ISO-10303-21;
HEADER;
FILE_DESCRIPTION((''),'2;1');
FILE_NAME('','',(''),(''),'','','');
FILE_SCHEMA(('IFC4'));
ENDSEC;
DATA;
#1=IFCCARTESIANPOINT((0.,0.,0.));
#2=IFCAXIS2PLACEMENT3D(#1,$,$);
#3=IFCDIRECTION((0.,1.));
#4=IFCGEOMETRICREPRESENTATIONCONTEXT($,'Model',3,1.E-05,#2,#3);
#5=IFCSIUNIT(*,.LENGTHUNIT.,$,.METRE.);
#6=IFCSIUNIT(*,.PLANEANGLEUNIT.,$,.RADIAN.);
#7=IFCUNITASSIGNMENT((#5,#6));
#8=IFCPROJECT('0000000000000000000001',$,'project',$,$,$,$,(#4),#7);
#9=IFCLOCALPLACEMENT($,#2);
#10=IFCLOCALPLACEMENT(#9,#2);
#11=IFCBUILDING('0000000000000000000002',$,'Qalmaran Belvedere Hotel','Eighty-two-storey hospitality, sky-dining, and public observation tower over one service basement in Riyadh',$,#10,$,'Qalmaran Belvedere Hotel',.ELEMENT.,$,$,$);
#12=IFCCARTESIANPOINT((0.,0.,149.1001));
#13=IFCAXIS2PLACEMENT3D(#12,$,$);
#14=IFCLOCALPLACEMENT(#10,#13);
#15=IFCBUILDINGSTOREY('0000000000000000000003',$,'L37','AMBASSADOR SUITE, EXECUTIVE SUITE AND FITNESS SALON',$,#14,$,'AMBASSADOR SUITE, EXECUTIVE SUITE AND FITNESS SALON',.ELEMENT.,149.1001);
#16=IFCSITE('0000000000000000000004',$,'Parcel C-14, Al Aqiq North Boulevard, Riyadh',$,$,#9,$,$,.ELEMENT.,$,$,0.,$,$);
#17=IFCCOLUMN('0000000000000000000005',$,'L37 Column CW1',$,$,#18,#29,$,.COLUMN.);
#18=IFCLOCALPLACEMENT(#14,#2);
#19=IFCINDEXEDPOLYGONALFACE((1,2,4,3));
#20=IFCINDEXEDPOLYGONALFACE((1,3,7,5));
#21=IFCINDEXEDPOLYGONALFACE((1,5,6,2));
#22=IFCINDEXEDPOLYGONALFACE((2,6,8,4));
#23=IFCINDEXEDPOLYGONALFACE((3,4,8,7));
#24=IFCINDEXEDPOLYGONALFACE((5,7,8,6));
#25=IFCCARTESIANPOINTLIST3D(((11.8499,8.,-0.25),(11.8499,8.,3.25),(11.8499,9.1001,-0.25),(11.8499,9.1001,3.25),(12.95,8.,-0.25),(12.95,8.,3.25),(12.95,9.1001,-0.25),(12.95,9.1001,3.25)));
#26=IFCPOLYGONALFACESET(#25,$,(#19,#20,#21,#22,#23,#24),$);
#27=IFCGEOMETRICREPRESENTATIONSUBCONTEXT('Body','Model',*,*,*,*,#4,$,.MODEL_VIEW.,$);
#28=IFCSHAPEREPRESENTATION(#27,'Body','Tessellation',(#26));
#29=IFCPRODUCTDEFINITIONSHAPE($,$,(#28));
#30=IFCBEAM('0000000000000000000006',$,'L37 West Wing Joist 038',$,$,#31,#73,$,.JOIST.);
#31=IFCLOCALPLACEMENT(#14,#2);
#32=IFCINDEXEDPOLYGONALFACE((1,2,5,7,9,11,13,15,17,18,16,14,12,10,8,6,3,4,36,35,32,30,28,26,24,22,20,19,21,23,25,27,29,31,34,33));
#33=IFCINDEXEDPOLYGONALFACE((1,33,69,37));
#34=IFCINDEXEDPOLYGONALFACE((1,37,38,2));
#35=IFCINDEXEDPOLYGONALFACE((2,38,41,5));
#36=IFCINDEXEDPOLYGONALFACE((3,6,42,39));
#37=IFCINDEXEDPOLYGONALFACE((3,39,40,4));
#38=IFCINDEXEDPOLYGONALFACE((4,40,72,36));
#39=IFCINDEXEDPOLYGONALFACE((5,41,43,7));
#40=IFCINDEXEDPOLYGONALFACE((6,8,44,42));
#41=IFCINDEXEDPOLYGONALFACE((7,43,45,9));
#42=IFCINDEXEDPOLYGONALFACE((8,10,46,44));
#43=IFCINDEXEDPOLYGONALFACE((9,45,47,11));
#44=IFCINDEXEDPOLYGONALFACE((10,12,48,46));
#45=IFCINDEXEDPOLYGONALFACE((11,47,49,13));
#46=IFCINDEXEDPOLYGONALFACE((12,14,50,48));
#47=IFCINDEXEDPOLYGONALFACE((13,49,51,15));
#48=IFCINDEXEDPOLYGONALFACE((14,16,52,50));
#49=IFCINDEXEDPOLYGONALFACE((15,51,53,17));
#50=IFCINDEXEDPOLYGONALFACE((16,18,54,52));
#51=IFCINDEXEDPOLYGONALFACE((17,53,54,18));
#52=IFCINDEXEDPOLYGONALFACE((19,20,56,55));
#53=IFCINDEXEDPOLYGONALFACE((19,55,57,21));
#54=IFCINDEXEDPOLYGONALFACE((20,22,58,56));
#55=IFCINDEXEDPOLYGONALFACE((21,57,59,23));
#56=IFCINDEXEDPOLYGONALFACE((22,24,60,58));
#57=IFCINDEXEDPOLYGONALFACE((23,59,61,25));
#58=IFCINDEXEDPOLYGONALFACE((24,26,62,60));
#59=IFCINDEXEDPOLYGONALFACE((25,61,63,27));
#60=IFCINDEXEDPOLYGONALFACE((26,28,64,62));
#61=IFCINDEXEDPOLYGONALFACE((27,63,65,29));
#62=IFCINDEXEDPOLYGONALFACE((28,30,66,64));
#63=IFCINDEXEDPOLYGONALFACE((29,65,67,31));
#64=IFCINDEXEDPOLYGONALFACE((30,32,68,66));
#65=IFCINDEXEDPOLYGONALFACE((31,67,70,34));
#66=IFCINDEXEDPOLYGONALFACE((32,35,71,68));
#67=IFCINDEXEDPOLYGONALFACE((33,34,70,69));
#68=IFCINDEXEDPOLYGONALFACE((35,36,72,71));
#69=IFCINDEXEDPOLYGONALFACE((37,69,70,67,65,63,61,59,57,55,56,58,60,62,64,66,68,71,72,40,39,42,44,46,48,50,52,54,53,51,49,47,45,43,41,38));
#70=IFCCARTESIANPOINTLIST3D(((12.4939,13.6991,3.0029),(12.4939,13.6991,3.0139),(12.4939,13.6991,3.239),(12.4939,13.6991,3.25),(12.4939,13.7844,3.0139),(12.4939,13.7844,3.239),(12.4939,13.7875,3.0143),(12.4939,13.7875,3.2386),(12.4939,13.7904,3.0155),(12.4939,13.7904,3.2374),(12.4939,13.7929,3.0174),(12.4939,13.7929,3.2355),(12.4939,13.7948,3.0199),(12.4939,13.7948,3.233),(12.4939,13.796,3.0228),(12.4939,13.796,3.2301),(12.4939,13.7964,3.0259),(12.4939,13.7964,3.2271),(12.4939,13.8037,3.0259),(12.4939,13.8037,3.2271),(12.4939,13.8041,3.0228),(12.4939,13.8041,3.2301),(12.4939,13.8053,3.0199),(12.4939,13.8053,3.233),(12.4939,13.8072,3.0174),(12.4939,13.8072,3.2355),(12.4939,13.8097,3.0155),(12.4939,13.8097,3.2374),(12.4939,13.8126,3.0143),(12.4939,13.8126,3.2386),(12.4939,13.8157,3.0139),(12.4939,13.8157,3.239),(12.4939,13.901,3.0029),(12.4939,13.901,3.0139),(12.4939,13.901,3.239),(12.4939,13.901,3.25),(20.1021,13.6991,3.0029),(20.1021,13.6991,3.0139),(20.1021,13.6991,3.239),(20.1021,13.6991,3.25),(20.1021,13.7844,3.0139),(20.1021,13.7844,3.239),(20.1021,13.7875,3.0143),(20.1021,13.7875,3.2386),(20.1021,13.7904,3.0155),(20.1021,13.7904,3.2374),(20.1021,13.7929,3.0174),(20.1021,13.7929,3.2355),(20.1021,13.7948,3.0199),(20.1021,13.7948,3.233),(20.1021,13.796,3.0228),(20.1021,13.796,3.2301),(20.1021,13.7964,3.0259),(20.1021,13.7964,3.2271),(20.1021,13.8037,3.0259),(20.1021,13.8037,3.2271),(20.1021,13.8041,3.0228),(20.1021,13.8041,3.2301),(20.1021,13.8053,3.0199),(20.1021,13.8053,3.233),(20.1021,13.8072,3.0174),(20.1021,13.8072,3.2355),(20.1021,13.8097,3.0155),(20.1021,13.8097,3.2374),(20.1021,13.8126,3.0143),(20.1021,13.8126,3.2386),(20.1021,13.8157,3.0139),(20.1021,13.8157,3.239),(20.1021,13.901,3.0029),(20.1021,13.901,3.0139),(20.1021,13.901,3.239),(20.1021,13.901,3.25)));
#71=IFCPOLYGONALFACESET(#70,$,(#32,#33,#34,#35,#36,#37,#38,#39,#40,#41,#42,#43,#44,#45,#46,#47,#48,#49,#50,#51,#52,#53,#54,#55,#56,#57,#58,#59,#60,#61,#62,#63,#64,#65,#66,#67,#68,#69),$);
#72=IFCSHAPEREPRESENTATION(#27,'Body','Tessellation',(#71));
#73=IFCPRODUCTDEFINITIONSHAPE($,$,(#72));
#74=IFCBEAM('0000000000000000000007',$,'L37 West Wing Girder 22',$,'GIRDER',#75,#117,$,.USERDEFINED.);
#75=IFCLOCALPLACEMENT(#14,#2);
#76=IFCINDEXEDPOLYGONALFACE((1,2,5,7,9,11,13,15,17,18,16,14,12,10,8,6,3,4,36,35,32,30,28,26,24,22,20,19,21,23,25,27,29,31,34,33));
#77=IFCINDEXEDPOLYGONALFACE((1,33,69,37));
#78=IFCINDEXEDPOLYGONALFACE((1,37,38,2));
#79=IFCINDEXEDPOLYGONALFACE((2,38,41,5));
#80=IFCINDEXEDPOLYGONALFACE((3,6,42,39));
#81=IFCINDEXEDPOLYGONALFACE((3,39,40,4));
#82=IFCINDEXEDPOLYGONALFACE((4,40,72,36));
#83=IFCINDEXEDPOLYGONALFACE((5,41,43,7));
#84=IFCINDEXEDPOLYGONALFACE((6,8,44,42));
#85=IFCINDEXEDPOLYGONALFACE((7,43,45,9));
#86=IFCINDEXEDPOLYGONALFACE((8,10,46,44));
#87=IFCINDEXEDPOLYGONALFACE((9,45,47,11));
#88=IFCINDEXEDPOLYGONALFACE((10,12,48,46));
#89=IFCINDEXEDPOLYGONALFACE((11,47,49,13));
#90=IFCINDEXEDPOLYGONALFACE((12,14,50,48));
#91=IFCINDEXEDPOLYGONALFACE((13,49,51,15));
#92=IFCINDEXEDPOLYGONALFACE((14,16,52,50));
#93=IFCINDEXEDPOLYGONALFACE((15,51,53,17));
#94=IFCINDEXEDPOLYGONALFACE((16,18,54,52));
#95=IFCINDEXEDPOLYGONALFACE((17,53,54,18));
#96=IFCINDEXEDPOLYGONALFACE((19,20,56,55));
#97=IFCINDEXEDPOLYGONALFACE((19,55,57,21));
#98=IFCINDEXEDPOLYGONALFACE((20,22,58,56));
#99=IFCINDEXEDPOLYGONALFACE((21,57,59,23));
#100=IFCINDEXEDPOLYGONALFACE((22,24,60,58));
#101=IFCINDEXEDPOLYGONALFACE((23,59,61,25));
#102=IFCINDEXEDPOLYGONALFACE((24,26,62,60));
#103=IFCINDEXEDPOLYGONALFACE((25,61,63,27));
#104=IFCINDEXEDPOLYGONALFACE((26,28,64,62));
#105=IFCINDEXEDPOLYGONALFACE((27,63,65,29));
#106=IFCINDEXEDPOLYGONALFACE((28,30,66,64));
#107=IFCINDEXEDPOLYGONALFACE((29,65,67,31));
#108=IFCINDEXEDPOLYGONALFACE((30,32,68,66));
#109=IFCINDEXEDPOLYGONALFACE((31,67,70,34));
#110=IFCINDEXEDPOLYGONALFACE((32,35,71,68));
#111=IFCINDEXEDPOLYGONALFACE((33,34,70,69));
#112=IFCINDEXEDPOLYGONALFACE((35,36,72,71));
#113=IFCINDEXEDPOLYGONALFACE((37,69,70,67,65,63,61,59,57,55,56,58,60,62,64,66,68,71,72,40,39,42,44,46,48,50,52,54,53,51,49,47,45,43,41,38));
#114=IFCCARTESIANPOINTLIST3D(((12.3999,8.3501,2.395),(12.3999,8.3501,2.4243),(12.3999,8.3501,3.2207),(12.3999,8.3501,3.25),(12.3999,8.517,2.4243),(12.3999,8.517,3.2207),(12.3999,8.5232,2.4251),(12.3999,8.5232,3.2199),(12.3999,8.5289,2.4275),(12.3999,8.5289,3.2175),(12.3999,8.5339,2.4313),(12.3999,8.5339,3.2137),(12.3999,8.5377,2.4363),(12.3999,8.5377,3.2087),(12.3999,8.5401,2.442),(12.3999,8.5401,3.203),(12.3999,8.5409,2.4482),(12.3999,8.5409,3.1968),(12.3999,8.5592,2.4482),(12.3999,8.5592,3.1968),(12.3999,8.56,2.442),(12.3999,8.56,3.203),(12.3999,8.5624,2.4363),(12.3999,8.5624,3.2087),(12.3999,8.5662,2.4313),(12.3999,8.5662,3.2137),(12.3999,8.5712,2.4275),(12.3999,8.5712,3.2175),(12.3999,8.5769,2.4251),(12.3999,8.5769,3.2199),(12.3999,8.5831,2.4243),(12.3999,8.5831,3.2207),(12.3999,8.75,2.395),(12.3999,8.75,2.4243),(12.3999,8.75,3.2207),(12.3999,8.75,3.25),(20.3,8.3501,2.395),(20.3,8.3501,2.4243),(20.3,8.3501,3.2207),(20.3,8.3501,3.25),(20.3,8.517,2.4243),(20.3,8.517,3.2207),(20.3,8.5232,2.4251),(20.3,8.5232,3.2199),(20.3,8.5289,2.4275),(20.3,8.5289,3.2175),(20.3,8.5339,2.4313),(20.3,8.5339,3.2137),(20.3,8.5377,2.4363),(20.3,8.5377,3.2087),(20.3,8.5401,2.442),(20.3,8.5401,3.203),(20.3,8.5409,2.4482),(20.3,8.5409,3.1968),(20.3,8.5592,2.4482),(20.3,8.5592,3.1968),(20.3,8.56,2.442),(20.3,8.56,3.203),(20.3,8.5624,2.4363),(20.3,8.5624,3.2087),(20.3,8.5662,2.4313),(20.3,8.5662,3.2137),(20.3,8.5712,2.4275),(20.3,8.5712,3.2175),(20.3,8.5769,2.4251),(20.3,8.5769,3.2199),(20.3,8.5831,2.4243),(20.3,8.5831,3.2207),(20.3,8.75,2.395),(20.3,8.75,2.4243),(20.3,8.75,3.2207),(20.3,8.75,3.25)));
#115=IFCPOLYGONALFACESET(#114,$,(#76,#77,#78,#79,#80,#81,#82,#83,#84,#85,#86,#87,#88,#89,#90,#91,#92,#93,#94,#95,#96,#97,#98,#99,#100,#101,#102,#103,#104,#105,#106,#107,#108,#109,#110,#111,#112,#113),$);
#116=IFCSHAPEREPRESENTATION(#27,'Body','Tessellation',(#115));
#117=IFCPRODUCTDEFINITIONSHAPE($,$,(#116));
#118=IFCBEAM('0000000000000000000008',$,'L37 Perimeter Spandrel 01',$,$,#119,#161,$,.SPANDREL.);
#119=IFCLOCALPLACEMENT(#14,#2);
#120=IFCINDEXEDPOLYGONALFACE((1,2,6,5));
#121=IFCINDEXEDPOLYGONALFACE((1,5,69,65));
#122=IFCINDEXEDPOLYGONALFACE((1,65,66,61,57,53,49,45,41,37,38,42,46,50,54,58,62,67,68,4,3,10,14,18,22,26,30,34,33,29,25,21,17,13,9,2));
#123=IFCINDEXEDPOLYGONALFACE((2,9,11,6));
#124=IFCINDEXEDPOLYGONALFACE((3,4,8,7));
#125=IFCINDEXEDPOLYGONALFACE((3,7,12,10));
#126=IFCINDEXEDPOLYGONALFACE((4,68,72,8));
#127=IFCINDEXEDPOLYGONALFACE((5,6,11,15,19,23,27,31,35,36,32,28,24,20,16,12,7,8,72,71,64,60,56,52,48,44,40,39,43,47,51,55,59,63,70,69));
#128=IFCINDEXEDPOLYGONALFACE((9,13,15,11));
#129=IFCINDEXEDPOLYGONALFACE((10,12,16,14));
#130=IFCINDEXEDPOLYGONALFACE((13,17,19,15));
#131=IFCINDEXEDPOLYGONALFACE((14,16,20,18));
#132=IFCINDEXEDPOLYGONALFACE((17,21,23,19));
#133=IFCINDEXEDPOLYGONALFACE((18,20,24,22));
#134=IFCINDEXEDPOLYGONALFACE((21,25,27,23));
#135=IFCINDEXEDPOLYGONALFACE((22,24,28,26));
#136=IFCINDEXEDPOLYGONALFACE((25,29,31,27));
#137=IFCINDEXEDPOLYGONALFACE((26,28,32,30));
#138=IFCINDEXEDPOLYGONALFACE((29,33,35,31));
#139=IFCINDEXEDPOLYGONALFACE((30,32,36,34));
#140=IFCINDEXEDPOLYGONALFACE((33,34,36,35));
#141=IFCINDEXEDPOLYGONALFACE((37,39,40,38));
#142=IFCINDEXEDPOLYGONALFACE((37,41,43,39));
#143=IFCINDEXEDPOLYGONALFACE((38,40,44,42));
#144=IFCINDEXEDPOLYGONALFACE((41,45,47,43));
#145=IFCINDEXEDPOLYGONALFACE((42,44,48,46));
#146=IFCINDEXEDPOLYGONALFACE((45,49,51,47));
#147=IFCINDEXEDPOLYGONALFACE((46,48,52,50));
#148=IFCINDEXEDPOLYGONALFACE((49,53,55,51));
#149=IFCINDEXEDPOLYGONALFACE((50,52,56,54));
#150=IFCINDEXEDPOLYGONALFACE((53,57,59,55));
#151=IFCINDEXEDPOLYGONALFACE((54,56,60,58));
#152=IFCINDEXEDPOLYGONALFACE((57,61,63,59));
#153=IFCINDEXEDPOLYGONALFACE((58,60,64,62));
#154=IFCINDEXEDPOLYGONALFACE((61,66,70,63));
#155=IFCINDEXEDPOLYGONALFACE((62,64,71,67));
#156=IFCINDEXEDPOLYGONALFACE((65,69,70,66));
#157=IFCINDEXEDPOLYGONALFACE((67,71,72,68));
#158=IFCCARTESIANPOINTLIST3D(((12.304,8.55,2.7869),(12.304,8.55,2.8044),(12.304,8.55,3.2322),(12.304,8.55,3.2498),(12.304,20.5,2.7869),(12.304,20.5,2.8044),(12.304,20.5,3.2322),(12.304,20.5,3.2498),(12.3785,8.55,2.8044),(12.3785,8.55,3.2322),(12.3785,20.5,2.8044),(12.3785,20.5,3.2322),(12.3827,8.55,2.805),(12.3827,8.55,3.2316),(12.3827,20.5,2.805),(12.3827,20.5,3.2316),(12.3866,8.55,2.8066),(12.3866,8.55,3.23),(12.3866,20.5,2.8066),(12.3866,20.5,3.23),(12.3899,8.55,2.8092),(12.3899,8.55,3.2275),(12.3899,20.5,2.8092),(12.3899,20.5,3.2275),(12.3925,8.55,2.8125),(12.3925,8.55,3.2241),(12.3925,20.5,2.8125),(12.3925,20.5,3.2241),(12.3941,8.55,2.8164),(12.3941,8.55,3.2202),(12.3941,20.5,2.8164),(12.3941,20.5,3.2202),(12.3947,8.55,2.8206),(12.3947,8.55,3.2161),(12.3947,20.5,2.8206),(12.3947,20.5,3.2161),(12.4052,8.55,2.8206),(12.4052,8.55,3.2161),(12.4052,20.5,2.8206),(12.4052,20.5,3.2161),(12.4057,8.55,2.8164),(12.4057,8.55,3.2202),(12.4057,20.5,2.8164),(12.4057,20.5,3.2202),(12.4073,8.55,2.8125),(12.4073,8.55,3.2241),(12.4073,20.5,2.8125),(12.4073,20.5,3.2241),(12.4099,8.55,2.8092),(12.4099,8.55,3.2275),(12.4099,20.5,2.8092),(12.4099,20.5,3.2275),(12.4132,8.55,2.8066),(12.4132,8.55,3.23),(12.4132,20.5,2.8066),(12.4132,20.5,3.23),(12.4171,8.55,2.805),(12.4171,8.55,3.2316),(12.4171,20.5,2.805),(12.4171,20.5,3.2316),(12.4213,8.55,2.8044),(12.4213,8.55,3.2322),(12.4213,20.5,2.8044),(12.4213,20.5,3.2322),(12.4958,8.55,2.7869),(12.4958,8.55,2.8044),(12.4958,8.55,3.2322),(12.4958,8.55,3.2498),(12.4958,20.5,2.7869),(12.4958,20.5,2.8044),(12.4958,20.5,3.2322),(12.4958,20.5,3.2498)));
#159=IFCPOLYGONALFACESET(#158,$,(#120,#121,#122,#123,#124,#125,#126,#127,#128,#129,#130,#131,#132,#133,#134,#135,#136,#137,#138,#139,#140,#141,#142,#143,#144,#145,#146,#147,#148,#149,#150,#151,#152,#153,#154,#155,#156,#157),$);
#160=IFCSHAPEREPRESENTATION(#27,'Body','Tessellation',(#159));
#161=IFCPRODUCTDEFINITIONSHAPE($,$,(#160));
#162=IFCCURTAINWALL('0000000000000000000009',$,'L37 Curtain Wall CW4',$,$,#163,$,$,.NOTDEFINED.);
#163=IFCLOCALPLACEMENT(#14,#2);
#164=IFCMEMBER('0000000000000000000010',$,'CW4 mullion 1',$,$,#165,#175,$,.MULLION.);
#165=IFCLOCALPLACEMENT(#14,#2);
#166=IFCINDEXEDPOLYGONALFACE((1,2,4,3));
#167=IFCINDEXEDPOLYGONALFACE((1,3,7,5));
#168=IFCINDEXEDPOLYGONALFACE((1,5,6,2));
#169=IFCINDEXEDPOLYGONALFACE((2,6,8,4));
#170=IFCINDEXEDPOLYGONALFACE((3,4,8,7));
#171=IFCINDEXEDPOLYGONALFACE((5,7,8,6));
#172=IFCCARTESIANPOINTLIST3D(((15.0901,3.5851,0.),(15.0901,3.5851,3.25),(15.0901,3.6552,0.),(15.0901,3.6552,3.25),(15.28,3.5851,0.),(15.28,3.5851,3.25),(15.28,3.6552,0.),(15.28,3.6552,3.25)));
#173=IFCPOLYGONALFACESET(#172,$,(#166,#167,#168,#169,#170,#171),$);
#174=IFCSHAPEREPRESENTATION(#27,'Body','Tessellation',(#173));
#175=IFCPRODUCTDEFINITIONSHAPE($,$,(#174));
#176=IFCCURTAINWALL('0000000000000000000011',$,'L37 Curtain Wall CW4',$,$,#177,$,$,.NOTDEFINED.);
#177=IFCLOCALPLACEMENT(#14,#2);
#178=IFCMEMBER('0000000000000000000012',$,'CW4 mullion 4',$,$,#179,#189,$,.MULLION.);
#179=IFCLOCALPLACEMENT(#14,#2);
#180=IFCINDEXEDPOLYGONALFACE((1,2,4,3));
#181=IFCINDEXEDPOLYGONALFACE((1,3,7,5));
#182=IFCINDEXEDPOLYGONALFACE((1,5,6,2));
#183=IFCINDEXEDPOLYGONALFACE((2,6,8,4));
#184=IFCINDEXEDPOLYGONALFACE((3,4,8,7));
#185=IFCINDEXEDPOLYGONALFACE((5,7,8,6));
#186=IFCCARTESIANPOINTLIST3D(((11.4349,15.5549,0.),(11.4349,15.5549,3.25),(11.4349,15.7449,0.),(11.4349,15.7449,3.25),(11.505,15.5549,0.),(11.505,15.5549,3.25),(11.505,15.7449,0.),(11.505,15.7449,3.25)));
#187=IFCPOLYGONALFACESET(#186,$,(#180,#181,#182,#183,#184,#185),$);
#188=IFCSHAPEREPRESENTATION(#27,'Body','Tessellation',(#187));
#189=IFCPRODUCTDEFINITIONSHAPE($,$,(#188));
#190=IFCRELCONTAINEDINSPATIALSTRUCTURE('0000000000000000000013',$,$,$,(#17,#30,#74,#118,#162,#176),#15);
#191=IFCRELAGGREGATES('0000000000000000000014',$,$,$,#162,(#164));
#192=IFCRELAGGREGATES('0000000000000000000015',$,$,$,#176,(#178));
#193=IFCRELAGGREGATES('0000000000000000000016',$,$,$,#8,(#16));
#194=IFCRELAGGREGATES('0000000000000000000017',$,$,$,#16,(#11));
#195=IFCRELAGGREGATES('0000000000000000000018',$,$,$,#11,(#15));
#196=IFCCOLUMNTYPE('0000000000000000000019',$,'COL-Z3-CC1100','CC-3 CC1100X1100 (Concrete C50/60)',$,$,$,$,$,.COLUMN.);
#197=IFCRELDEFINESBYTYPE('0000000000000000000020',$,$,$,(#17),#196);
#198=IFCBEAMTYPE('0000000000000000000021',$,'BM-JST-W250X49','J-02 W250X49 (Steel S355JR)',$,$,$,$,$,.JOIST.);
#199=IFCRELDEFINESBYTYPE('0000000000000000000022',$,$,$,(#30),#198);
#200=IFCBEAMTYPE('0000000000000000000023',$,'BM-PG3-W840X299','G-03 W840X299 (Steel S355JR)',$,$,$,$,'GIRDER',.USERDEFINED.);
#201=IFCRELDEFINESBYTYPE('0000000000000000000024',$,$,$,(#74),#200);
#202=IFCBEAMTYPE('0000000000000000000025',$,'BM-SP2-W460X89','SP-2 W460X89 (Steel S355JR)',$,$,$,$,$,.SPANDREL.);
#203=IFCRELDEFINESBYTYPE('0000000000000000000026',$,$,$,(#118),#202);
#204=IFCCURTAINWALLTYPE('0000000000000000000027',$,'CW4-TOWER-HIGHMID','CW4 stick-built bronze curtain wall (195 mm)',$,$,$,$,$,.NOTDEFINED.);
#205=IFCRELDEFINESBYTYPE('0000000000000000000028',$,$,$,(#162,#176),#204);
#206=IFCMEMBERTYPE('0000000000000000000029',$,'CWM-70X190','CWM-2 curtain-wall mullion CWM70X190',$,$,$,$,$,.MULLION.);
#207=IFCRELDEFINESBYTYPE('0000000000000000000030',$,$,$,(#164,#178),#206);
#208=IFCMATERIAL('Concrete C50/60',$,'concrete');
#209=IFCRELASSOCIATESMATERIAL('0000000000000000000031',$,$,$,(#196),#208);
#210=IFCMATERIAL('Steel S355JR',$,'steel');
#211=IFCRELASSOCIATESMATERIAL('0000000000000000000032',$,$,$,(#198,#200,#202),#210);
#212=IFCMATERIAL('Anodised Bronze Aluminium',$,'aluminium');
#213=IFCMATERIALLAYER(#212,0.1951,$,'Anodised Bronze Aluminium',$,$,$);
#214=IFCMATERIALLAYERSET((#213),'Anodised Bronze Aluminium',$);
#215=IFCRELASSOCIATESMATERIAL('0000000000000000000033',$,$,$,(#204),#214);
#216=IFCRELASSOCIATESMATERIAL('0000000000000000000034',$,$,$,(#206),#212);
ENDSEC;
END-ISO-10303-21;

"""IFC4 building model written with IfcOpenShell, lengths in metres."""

from ifc_helpers import new_model, si_unit, direction, frame, origin, origin_2d, place, context, subcontext, project, spatial, rectangle, i_section, extrude, material, layer, layer_set, material_profile, profile_set, type_object, element, aggregate, save


model = new_model("IFC4")

# Units and contexts
model_context = context("Model", 3, precision=1e-05, world=origin(), true_north=direction((0.0, 1.0)))
body_context = subcontext(model_context, "Body", "Model", "MODEL_VIEW")
ifc_project = project(units=[si_unit("LENGTHUNIT", "METRE"), si_unit("PLANEANGLEUNIT", "RADIAN")], contexts=[model_context])

# Site, building, storey
site_placement = place(None, origin())
site = spatial("IfcSite", under=ifc_project, at=site_placement, Name="Parcel C-14, Al Aqiq North Boulevard, Riyadh", CompositionType="ELEMENT", RefElevation=0.0)
building_placement = place(site_placement, origin())
building = spatial("IfcBuilding", under=site, at=building_placement, Name="Qalmaran Belvedere Hotel", Description="Eighty-two-storey hospitality, sky-dining, and public observation tower over one service basement in Riyadh", LongName="Qalmaran Belvedere Hotel", CompositionType="ELEMENT")
storey_placement = place(building_placement, frame((0.0, 0.0, 149.1001)))
storey = spatial("IfcBuildingStorey", under=building, at=storey_placement, Name="L37", Description="AMBASSADOR SUITE, EXECUTIVE SUITE AND FITNESS SALON", LongName="AMBASSADOR SUITE, EXECUTIVE SUITE AND FITNESS SALON", CompositionType="ELEMENT", Elevation=149.1001)

# Column
ifc_material_1 = material(Name="Concrete C50/60", Category="concrete")
ifc_material_profile_1 = material_profile(ifc_material_1, rectangle(XDim=1.1001, YDim=1.1001, at=origin_2d()), Name="CC1100X1100")
ifc_profile_set_1 = profile_set([ifc_material_profile_1], Name="Concrete C50/60")
column_type = type_object("IfcColumnType", Name="COL-Z3-CC1100", Description="CC-3 CC1100X1100 (Concrete C50/60)", PredefinedType="COLUMN", material=ifc_profile_set_1)
column_placement = place(storey_placement, frame((12.3999, 8.55, -0.25), z_axis=(0.0, 0.0, 1.0), x_axis=(1.0, 0.0, 0.0)))
element("IfcColumn", 1, at=column_placement, inside=storey, type_object=column_type, Name="L37 Column CW1", PredefinedType="COLUMN", context=body_context, shape_type="SweptSolid", body=[
    extrude(rectangle(XDim=1.1001, YDim=1.1001, at=origin_2d()), origin(), (0.0, 0.0, 1.0), 3.5),
])

# Beams
ifc_material_2 = material(Name="Steel S355JR", Category="steel")
ifc_material_profile_2 = material_profile(ifc_material_2, i_section(OverallWidth=0.2019, OverallDepth=0.2471, WebThickness=0.0073, FlangeThickness=0.011, FilletRadius=0.012, at=origin_2d()), Name="W250X49")
ifc_profile_set_2 = profile_set([ifc_material_profile_2], Name="Steel S355JR")
beam_type_1 = type_object("IfcBeamType", Name="BM-JST-W250X49", Description="J-02 W250X49 (Steel S355JR)", PredefinedType="JOIST", material=ifc_profile_set_2)
beam_1_placement = place(storey_placement, frame((12.4939, 13.8, 3.1265), z_axis=(1.0, 0.0, 0.0), x_axis=(0.0, 1.0, 0.0)))
element("IfcBeam", 2, at=beam_1_placement, inside=storey, type_object=beam_type_1, Name="L37 West Wing Joist 038", PredefinedType="JOIST", context=body_context, shape_type="SweptSolid", body=[
    extrude(i_section(OverallWidth=0.2019, OverallDepth=0.2471, WebThickness=0.0073, FlangeThickness=0.011, FilletRadius=0.012, at=origin_2d()), origin(), (0.0, 0.0, 1.0), 7.6082),
])
ifc_material_profile_3 = material_profile(ifc_material_2, i_section(OverallWidth=0.3999, OverallDepth=0.855, WebThickness=0.0183, FlangeThickness=0.0293, FilletRadius=0.0239, at=origin_2d()), Name="W840X299")
ifc_profile_set_3 = profile_set([ifc_material_profile_3], Name="Steel S355JR")
beam_type_2 = type_object("IfcBeamType", Name="BM-PG3-W840X299", Description="G-03 W840X299 (Steel S355JR)", ElementType="GIRDER", PredefinedType="USERDEFINED", material=ifc_profile_set_3)
beam_2_placement = place(storey_placement, frame((12.3999, 8.55, 2.8225), z_axis=(1.0, 0.0, 0.0), x_axis=(0.0, 1.0, 0.0)))
element("IfcBeam", 3, at=beam_2_placement, inside=storey, type_object=beam_type_2, Name="L37 West Wing Girder 22", ObjectType="GIRDER", PredefinedType="USERDEFINED", context=body_context, shape_type="SweptSolid", body=[
    extrude(i_section(OverallWidth=0.3999, OverallDepth=0.855, WebThickness=0.0183, FlangeThickness=0.0293, FilletRadius=0.0239, at=origin_2d()), origin(), (0.0, 0.0, 1.0), 7.9001),
])
ifc_material_profile_4 = material_profile(ifc_material_2, i_section(OverallWidth=0.1919, OverallDepth=0.4629, WebThickness=0.0105, FlangeThickness=0.0176, FilletRadius=0.0161, at=origin_2d()), Name="W460X89")
ifc_profile_set_4 = profile_set([ifc_material_profile_4], Name="Steel S355JR")
beam_type_3 = type_object("IfcBeamType", Name="BM-SP2-W460X89", Description="SP-2 W460X89 (Steel S355JR)", PredefinedType="SPANDREL", material=ifc_profile_set_4)
beam_3_placement = place(storey_placement, frame((12.3999, 8.55, 3.0183), z_axis=(0.0, 1.0, 0.0), x_axis=(-1.0, 0.0, 0.0)))
element("IfcBeam", 4, at=beam_3_placement, inside=storey, type_object=beam_type_3, Name="L37 Perimeter Spandrel 01", PredefinedType="SPANDREL", context=body_context, shape_type="SweptSolid", body=[
    extrude(i_section(OverallWidth=0.1919, OverallDepth=0.4629, WebThickness=0.0105, FlangeThickness=0.0176, FilletRadius=0.0161, at=origin_2d()), origin(), (0.0, 0.0, 1.0), 11.95),
])

# Curtain wall, member
ifc_material_3 = material(Name="Anodised Bronze Aluminium", Category="aluminium")
ifc_layer_1 = layer(ifc_material_3, 0.1951, Name="Anodised Bronze Aluminium")
ifc_layer_set_1 = layer_set([ifc_layer_1], Name="Anodised Bronze Aluminium")
curtain_wall_type = type_object("IfcCurtainWallType", Name="CW4-TOWER-HIGHMID", Description="CW4 stick-built bronze curtain wall (195 mm)", PredefinedType="NOTDEFINED", material=ifc_layer_set_1)
curtain_wall_1_placement = place(storey_placement, origin())
curtain_wall_1 = element("IfcCurtainWall", 5, at=curtain_wall_1_placement, inside=storey, type_object=curtain_wall_type, Name="L37 Curtain Wall CW4", PredefinedType="NOTDEFINED")
ifc_material_profile_5 = material_profile(ifc_material_3, rectangle(XDim=0.0701, YDim=0.1899, at=origin_2d()), Name="CWM70X190")
ifc_profile_set_5 = profile_set([ifc_material_profile_5], Name="Anodised Bronze Aluminium")
member_type_1 = type_object("IfcMemberType", Name="CWM-70X190", Description="CWM-2 curtain-wall mullion CWM70X190", PredefinedType="MULLION", material=ifc_profile_set_5)
member_1_placement = place(storey_placement, frame((15.1851, 3.6201, 0.0), z_axis=(0.0, 0.0, 1.0), x_axis=(0.0, 1.0, 0.0)))
member_1 = element("IfcMember", 6, at=member_1_placement, type_object=member_type_1, Name="CW4 mullion 1", PredefinedType="MULLION", context=body_context, shape_type="SweptSolid", body=[
    extrude(rectangle(XDim=0.0701, YDim=0.1899, at=origin_2d()), origin(), (0.0, 0.0, 1.0), 3.25),
])

# Curtain wall, member
curtain_wall_2_placement = place(storey_placement, origin())
curtain_wall_2 = element("IfcCurtainWall", 7, at=curtain_wall_2_placement, inside=storey, type_object=curtain_wall_type, Name="L37 Curtain Wall CW4", PredefinedType="NOTDEFINED")
member_2_placement = place(storey_placement, frame((11.47, 15.6499, 0.0), z_axis=(0.0, 0.0, 1.0), x_axis=(1.0, 0.0, 0.0)))
member_2 = element("IfcMember", 8, at=member_2_placement, type_object=member_type_1, Name="CW4 mullion 4", PredefinedType="MULLION", context=body_context, shape_type="SweptSolid", body=[
    extrude(rectangle(XDim=0.0701, YDim=0.1899, at=origin_2d()), origin(), (0.0, 0.0, 1.0), 3.25),
])

aggregate(curtain_wall_1, [member_1])

aggregate(curtain_wall_2, [member_2])

save(model, "model.ifc")
